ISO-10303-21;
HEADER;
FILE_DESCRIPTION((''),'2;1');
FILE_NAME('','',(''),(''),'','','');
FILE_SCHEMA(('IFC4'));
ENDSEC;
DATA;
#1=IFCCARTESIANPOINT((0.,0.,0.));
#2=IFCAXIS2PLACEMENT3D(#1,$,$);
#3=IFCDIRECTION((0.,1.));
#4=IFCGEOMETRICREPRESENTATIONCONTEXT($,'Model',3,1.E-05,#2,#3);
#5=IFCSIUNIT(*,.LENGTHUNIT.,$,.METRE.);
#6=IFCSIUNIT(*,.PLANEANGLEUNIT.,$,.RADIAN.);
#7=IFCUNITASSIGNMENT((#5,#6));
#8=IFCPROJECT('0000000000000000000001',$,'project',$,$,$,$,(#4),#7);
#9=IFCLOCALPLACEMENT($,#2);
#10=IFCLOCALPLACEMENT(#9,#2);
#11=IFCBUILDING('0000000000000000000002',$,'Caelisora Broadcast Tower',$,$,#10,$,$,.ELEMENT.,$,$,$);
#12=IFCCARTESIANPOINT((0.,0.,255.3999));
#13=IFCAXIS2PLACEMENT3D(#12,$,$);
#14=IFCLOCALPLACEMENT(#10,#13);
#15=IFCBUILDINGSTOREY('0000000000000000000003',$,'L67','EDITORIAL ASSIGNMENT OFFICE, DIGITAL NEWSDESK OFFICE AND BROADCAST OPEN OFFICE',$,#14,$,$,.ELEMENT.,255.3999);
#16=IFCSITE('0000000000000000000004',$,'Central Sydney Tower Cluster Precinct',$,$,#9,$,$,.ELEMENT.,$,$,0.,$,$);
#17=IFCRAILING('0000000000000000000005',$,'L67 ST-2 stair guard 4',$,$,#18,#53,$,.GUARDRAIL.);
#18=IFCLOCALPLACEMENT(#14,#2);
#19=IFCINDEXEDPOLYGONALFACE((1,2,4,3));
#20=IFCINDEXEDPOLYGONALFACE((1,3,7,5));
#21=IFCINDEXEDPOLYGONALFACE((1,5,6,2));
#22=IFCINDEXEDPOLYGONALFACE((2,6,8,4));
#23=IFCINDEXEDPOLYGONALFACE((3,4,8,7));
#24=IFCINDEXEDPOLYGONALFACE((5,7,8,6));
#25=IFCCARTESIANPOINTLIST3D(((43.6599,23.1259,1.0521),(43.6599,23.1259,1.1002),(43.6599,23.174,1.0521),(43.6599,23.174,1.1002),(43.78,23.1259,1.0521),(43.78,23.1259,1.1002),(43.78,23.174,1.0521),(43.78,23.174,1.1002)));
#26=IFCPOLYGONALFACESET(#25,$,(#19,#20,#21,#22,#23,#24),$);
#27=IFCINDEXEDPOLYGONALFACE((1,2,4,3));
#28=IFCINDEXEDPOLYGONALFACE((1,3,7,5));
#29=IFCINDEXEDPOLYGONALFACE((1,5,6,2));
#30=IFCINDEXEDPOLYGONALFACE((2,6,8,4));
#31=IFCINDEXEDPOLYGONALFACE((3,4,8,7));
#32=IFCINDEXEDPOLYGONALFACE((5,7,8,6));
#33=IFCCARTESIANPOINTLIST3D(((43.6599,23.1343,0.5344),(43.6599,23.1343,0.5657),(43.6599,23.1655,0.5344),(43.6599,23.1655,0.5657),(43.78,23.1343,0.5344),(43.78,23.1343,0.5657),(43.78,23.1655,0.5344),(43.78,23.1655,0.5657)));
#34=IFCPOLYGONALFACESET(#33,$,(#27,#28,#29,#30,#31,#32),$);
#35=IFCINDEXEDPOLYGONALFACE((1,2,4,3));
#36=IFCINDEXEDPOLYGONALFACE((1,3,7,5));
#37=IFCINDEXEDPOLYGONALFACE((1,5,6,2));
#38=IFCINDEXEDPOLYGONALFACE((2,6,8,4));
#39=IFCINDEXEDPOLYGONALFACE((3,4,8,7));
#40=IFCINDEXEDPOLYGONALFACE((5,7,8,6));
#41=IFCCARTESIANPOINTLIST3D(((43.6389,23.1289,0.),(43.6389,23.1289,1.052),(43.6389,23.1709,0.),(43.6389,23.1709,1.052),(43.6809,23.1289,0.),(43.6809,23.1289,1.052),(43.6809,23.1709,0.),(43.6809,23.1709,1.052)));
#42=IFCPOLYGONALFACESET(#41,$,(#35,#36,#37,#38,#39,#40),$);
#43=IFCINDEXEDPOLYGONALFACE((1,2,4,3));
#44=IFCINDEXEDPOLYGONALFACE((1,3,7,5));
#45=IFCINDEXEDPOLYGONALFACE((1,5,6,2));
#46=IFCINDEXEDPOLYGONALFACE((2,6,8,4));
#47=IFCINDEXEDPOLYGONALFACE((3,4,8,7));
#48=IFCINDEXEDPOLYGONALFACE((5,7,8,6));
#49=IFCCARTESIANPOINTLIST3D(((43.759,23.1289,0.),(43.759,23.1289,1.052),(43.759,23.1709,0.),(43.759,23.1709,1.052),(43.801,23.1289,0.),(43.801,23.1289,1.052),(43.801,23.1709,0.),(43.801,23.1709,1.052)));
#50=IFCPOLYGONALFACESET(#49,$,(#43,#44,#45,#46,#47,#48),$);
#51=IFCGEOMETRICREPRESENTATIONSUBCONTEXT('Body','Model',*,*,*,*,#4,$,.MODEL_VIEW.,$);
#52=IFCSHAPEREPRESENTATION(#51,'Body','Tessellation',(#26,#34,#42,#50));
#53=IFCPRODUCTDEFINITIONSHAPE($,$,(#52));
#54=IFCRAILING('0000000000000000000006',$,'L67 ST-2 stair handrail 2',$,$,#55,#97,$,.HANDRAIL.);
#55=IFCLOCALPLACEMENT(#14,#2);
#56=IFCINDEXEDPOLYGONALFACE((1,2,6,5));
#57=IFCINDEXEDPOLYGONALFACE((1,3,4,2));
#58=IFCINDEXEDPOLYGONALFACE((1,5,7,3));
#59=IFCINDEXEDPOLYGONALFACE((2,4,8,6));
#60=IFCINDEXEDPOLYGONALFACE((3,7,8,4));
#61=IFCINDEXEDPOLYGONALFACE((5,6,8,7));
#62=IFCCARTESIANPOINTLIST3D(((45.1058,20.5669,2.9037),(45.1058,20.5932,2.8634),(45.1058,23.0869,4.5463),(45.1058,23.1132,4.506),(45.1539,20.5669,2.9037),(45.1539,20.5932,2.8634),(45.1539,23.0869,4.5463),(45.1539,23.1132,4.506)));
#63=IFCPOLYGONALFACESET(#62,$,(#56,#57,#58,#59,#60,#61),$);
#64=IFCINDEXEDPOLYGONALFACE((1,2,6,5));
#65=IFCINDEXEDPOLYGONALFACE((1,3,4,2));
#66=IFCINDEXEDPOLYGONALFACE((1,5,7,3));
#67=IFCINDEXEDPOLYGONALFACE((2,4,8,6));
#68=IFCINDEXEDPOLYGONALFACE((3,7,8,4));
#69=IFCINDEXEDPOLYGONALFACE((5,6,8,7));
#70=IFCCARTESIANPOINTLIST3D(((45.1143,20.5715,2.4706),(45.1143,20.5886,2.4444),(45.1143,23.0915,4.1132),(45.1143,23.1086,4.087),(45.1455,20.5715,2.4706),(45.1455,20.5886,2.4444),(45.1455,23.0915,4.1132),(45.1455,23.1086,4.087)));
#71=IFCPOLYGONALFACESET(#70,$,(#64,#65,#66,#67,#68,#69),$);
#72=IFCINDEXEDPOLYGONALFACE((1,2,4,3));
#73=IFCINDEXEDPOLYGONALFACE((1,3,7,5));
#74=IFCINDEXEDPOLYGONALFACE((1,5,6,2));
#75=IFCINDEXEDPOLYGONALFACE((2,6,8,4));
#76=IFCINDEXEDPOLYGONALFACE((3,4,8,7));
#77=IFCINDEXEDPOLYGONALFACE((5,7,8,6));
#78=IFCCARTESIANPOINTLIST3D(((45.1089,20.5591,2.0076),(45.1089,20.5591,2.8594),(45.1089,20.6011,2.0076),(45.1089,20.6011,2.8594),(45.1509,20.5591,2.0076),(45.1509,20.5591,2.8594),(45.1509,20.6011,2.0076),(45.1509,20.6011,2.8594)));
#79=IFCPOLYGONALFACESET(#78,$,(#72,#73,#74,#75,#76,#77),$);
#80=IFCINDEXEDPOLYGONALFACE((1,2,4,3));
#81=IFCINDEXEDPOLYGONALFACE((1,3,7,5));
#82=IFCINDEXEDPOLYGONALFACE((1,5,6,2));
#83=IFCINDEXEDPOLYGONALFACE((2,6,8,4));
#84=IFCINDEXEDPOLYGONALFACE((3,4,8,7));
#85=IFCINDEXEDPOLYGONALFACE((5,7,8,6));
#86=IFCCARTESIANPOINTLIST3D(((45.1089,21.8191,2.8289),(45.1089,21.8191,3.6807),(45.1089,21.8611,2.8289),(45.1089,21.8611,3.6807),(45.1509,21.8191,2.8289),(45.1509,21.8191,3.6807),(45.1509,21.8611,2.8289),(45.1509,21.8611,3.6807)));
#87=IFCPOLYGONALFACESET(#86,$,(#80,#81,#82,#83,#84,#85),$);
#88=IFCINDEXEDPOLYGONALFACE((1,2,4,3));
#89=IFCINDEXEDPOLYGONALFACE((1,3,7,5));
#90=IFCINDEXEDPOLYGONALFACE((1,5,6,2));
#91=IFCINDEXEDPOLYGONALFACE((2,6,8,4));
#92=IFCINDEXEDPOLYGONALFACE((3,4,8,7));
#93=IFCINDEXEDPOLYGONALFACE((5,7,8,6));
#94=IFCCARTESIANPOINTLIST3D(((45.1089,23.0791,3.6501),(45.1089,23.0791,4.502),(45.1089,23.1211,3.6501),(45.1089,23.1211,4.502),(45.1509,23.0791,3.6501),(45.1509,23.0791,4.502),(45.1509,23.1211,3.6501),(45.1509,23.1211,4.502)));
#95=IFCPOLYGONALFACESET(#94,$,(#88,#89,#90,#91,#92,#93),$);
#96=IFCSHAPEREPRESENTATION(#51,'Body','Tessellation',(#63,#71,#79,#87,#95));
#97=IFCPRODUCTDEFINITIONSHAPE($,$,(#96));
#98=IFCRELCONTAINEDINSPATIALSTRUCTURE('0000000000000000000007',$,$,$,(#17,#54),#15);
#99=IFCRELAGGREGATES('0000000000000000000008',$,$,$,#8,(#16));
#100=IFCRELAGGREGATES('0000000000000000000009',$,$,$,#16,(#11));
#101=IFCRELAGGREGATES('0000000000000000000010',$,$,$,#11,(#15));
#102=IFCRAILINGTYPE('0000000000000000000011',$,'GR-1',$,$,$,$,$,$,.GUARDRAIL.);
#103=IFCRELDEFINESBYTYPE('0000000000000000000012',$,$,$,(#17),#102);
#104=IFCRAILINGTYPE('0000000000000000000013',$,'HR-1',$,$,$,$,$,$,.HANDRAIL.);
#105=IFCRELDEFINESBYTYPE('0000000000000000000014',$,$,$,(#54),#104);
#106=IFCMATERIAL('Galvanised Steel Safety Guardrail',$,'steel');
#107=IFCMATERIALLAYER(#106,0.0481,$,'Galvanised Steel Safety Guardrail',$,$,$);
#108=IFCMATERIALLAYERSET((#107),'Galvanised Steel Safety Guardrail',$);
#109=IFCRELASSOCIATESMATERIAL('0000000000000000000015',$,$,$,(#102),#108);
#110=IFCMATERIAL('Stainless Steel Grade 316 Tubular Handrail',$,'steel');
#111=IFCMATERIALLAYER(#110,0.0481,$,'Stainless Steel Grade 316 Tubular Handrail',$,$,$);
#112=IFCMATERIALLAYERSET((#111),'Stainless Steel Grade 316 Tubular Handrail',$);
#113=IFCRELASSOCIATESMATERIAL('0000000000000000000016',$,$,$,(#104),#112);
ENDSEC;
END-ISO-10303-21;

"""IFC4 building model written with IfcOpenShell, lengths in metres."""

from ifc_helpers import new_model, si_unit, direction, frame, origin, origin_2d, place, context, subcontext, project, spatial, rectangle, extrude, material, layer, layer_set, type_object, element, save


model = new_model("IFC4")

# Units and contexts
model_context = context("Model", 3, precision=1e-05, world=origin(), true_north=direction((0.0, 1.0)))
body_context = subcontext(model_context, "Body", "Model", "MODEL_VIEW")
ifc_project = project(units=[si_unit("LENGTHUNIT", "METRE"), si_unit("PLANEANGLEUNIT", "RADIAN")], contexts=[model_context])

# Site, building, storey
site_placement = place(None, origin())
site = spatial("IfcSite", under=ifc_project, at=site_placement, Name="Central Sydney Tower Cluster Precinct", CompositionType="ELEMENT", RefElevation=0.0)
building_placement = place(site_placement, origin())
building = spatial("IfcBuilding", under=site, at=building_placement, Name="Caelisora Broadcast Tower", CompositionType="ELEMENT")
storey_placement = place(building_placement, frame((0.0, 0.0, 255.3999)))
storey = spatial("IfcBuildingStorey", under=building, at=storey_placement, Name="L67", Description="EDITORIAL ASSIGNMENT OFFICE, DIGITAL NEWSDESK OFFICE AND BROADCAST OPEN OFFICE", CompositionType="ELEMENT", Elevation=255.3999)

# Railings
ifc_material_1 = material(Name="Galvanised Steel Safety Guardrail", Category="steel")
ifc_layer_1 = layer(ifc_material_1, 0.0481, Name="Galvanised Steel Safety Guardrail")
ifc_layer_set_1 = layer_set([ifc_layer_1], Name="Galvanised Steel Safety Guardrail")
railing_type_1 = type_object("IfcRailingType", Name="GR-1", PredefinedType="GUARDRAIL", material=ifc_layer_set_1)
railing_1_placement = place(storey_placement, frame((43.6599, 23.1499, 0.0)))
element("IfcRailing", 1, at=railing_1_placement, inside=storey, type_object=railing_type_1, Name="L67 ST-2 stair guard 4", PredefinedType="GUARDRAIL", context=body_context, shape_type="SweptSolid", body=[
    extrude(rectangle(XDim=0.0481, YDim=0.0481, at=origin_2d()), frame((0.0, 0.0, 1.0762), z_axis=(1.0, 0.0, 0.0), x_axis=(0.0, 1.0, 0.0)), (0.0, 0.0, 1.0), 0.1201),
    extrude(rectangle(XDim=0.0312, YDim=0.0312, at=origin_2d()), frame((0.0, 0.0, 0.55), z_axis=(1.0, 0.0, 0.0), x_axis=(0.0, 1.0, 0.0)), (0.0, 0.0, 1.0), 0.1201),
    extrude(rectangle(XDim=0.042, YDim=0.042, at=origin_2d()), origin(), (0.0, 0.0, 1.0), 1.052),
    extrude(rectangle(XDim=0.042, YDim=0.042, at=origin_2d()), frame((0.1201, 0.0, 0.0)), (0.0, 0.0, 1.0), 1.052),
])
ifc_material_2 = material(Name="Stainless Steel Grade 316 Tubular Handrail", Category="steel")
ifc_layer_2 = layer(ifc_material_2, 0.0481, Name="Stainless Steel Grade 316 Tubular Handrail")
ifc_layer_set_2 = layer_set([ifc_layer_2], Name="Stainless Steel Grade 316 Tubular Handrail")
railing_type_2 = type_object("IfcRailingType", Name="HR-1", PredefinedType="HANDRAIL", material=ifc_layer_set_2)
railing_2_placement = place(storey_placement, frame((45.1299, 20.5801, 2.0076)))
element("IfcRailing", 2, at=railing_2_placement, inside=storey, type_object=railing_type_2, Name="L67 ST-2 stair handrail 2", PredefinedType="HANDRAIL", context=body_context, shape_type="SweptSolid", body=[
    extrude(rectangle(XDim=0.0481, YDim=0.0481, at=origin_2d()), frame((0.0, 0.0, 0.876), z_axis=(0.0, 0.837749, 0.546055), x_axis=(-1.0, 0.0, 0.0)), (0.0, 0.0, 1.0), 3.0081),
    extrude(rectangle(XDim=0.0312, YDim=0.0312, at=origin_2d()), frame((0.0, 0.0, 0.45), z_axis=(0.0, 0.837749, 0.546055), x_axis=(-1.0, 0.0, 0.0)), (0.0, 0.0, 1.0), 3.0081),
    extrude(rectangle(XDim=0.042, YDim=0.042, at=origin_2d()), origin(), (0.0, 0.0, 1.0), 0.8518),
    extrude(rectangle(XDim=0.042, YDim=0.042, at=origin_2d()), frame((0.0, 1.26, 0.8213)), (0.0, 0.0, 1.0), 0.8518),
    extrude(rectangle(XDim=0.042, YDim=0.042, at=origin_2d()), frame((0.0, 2.52, 1.6426)), (0.0, 0.0, 1.0), 0.8518),
])

save(model, "model.ifc")
